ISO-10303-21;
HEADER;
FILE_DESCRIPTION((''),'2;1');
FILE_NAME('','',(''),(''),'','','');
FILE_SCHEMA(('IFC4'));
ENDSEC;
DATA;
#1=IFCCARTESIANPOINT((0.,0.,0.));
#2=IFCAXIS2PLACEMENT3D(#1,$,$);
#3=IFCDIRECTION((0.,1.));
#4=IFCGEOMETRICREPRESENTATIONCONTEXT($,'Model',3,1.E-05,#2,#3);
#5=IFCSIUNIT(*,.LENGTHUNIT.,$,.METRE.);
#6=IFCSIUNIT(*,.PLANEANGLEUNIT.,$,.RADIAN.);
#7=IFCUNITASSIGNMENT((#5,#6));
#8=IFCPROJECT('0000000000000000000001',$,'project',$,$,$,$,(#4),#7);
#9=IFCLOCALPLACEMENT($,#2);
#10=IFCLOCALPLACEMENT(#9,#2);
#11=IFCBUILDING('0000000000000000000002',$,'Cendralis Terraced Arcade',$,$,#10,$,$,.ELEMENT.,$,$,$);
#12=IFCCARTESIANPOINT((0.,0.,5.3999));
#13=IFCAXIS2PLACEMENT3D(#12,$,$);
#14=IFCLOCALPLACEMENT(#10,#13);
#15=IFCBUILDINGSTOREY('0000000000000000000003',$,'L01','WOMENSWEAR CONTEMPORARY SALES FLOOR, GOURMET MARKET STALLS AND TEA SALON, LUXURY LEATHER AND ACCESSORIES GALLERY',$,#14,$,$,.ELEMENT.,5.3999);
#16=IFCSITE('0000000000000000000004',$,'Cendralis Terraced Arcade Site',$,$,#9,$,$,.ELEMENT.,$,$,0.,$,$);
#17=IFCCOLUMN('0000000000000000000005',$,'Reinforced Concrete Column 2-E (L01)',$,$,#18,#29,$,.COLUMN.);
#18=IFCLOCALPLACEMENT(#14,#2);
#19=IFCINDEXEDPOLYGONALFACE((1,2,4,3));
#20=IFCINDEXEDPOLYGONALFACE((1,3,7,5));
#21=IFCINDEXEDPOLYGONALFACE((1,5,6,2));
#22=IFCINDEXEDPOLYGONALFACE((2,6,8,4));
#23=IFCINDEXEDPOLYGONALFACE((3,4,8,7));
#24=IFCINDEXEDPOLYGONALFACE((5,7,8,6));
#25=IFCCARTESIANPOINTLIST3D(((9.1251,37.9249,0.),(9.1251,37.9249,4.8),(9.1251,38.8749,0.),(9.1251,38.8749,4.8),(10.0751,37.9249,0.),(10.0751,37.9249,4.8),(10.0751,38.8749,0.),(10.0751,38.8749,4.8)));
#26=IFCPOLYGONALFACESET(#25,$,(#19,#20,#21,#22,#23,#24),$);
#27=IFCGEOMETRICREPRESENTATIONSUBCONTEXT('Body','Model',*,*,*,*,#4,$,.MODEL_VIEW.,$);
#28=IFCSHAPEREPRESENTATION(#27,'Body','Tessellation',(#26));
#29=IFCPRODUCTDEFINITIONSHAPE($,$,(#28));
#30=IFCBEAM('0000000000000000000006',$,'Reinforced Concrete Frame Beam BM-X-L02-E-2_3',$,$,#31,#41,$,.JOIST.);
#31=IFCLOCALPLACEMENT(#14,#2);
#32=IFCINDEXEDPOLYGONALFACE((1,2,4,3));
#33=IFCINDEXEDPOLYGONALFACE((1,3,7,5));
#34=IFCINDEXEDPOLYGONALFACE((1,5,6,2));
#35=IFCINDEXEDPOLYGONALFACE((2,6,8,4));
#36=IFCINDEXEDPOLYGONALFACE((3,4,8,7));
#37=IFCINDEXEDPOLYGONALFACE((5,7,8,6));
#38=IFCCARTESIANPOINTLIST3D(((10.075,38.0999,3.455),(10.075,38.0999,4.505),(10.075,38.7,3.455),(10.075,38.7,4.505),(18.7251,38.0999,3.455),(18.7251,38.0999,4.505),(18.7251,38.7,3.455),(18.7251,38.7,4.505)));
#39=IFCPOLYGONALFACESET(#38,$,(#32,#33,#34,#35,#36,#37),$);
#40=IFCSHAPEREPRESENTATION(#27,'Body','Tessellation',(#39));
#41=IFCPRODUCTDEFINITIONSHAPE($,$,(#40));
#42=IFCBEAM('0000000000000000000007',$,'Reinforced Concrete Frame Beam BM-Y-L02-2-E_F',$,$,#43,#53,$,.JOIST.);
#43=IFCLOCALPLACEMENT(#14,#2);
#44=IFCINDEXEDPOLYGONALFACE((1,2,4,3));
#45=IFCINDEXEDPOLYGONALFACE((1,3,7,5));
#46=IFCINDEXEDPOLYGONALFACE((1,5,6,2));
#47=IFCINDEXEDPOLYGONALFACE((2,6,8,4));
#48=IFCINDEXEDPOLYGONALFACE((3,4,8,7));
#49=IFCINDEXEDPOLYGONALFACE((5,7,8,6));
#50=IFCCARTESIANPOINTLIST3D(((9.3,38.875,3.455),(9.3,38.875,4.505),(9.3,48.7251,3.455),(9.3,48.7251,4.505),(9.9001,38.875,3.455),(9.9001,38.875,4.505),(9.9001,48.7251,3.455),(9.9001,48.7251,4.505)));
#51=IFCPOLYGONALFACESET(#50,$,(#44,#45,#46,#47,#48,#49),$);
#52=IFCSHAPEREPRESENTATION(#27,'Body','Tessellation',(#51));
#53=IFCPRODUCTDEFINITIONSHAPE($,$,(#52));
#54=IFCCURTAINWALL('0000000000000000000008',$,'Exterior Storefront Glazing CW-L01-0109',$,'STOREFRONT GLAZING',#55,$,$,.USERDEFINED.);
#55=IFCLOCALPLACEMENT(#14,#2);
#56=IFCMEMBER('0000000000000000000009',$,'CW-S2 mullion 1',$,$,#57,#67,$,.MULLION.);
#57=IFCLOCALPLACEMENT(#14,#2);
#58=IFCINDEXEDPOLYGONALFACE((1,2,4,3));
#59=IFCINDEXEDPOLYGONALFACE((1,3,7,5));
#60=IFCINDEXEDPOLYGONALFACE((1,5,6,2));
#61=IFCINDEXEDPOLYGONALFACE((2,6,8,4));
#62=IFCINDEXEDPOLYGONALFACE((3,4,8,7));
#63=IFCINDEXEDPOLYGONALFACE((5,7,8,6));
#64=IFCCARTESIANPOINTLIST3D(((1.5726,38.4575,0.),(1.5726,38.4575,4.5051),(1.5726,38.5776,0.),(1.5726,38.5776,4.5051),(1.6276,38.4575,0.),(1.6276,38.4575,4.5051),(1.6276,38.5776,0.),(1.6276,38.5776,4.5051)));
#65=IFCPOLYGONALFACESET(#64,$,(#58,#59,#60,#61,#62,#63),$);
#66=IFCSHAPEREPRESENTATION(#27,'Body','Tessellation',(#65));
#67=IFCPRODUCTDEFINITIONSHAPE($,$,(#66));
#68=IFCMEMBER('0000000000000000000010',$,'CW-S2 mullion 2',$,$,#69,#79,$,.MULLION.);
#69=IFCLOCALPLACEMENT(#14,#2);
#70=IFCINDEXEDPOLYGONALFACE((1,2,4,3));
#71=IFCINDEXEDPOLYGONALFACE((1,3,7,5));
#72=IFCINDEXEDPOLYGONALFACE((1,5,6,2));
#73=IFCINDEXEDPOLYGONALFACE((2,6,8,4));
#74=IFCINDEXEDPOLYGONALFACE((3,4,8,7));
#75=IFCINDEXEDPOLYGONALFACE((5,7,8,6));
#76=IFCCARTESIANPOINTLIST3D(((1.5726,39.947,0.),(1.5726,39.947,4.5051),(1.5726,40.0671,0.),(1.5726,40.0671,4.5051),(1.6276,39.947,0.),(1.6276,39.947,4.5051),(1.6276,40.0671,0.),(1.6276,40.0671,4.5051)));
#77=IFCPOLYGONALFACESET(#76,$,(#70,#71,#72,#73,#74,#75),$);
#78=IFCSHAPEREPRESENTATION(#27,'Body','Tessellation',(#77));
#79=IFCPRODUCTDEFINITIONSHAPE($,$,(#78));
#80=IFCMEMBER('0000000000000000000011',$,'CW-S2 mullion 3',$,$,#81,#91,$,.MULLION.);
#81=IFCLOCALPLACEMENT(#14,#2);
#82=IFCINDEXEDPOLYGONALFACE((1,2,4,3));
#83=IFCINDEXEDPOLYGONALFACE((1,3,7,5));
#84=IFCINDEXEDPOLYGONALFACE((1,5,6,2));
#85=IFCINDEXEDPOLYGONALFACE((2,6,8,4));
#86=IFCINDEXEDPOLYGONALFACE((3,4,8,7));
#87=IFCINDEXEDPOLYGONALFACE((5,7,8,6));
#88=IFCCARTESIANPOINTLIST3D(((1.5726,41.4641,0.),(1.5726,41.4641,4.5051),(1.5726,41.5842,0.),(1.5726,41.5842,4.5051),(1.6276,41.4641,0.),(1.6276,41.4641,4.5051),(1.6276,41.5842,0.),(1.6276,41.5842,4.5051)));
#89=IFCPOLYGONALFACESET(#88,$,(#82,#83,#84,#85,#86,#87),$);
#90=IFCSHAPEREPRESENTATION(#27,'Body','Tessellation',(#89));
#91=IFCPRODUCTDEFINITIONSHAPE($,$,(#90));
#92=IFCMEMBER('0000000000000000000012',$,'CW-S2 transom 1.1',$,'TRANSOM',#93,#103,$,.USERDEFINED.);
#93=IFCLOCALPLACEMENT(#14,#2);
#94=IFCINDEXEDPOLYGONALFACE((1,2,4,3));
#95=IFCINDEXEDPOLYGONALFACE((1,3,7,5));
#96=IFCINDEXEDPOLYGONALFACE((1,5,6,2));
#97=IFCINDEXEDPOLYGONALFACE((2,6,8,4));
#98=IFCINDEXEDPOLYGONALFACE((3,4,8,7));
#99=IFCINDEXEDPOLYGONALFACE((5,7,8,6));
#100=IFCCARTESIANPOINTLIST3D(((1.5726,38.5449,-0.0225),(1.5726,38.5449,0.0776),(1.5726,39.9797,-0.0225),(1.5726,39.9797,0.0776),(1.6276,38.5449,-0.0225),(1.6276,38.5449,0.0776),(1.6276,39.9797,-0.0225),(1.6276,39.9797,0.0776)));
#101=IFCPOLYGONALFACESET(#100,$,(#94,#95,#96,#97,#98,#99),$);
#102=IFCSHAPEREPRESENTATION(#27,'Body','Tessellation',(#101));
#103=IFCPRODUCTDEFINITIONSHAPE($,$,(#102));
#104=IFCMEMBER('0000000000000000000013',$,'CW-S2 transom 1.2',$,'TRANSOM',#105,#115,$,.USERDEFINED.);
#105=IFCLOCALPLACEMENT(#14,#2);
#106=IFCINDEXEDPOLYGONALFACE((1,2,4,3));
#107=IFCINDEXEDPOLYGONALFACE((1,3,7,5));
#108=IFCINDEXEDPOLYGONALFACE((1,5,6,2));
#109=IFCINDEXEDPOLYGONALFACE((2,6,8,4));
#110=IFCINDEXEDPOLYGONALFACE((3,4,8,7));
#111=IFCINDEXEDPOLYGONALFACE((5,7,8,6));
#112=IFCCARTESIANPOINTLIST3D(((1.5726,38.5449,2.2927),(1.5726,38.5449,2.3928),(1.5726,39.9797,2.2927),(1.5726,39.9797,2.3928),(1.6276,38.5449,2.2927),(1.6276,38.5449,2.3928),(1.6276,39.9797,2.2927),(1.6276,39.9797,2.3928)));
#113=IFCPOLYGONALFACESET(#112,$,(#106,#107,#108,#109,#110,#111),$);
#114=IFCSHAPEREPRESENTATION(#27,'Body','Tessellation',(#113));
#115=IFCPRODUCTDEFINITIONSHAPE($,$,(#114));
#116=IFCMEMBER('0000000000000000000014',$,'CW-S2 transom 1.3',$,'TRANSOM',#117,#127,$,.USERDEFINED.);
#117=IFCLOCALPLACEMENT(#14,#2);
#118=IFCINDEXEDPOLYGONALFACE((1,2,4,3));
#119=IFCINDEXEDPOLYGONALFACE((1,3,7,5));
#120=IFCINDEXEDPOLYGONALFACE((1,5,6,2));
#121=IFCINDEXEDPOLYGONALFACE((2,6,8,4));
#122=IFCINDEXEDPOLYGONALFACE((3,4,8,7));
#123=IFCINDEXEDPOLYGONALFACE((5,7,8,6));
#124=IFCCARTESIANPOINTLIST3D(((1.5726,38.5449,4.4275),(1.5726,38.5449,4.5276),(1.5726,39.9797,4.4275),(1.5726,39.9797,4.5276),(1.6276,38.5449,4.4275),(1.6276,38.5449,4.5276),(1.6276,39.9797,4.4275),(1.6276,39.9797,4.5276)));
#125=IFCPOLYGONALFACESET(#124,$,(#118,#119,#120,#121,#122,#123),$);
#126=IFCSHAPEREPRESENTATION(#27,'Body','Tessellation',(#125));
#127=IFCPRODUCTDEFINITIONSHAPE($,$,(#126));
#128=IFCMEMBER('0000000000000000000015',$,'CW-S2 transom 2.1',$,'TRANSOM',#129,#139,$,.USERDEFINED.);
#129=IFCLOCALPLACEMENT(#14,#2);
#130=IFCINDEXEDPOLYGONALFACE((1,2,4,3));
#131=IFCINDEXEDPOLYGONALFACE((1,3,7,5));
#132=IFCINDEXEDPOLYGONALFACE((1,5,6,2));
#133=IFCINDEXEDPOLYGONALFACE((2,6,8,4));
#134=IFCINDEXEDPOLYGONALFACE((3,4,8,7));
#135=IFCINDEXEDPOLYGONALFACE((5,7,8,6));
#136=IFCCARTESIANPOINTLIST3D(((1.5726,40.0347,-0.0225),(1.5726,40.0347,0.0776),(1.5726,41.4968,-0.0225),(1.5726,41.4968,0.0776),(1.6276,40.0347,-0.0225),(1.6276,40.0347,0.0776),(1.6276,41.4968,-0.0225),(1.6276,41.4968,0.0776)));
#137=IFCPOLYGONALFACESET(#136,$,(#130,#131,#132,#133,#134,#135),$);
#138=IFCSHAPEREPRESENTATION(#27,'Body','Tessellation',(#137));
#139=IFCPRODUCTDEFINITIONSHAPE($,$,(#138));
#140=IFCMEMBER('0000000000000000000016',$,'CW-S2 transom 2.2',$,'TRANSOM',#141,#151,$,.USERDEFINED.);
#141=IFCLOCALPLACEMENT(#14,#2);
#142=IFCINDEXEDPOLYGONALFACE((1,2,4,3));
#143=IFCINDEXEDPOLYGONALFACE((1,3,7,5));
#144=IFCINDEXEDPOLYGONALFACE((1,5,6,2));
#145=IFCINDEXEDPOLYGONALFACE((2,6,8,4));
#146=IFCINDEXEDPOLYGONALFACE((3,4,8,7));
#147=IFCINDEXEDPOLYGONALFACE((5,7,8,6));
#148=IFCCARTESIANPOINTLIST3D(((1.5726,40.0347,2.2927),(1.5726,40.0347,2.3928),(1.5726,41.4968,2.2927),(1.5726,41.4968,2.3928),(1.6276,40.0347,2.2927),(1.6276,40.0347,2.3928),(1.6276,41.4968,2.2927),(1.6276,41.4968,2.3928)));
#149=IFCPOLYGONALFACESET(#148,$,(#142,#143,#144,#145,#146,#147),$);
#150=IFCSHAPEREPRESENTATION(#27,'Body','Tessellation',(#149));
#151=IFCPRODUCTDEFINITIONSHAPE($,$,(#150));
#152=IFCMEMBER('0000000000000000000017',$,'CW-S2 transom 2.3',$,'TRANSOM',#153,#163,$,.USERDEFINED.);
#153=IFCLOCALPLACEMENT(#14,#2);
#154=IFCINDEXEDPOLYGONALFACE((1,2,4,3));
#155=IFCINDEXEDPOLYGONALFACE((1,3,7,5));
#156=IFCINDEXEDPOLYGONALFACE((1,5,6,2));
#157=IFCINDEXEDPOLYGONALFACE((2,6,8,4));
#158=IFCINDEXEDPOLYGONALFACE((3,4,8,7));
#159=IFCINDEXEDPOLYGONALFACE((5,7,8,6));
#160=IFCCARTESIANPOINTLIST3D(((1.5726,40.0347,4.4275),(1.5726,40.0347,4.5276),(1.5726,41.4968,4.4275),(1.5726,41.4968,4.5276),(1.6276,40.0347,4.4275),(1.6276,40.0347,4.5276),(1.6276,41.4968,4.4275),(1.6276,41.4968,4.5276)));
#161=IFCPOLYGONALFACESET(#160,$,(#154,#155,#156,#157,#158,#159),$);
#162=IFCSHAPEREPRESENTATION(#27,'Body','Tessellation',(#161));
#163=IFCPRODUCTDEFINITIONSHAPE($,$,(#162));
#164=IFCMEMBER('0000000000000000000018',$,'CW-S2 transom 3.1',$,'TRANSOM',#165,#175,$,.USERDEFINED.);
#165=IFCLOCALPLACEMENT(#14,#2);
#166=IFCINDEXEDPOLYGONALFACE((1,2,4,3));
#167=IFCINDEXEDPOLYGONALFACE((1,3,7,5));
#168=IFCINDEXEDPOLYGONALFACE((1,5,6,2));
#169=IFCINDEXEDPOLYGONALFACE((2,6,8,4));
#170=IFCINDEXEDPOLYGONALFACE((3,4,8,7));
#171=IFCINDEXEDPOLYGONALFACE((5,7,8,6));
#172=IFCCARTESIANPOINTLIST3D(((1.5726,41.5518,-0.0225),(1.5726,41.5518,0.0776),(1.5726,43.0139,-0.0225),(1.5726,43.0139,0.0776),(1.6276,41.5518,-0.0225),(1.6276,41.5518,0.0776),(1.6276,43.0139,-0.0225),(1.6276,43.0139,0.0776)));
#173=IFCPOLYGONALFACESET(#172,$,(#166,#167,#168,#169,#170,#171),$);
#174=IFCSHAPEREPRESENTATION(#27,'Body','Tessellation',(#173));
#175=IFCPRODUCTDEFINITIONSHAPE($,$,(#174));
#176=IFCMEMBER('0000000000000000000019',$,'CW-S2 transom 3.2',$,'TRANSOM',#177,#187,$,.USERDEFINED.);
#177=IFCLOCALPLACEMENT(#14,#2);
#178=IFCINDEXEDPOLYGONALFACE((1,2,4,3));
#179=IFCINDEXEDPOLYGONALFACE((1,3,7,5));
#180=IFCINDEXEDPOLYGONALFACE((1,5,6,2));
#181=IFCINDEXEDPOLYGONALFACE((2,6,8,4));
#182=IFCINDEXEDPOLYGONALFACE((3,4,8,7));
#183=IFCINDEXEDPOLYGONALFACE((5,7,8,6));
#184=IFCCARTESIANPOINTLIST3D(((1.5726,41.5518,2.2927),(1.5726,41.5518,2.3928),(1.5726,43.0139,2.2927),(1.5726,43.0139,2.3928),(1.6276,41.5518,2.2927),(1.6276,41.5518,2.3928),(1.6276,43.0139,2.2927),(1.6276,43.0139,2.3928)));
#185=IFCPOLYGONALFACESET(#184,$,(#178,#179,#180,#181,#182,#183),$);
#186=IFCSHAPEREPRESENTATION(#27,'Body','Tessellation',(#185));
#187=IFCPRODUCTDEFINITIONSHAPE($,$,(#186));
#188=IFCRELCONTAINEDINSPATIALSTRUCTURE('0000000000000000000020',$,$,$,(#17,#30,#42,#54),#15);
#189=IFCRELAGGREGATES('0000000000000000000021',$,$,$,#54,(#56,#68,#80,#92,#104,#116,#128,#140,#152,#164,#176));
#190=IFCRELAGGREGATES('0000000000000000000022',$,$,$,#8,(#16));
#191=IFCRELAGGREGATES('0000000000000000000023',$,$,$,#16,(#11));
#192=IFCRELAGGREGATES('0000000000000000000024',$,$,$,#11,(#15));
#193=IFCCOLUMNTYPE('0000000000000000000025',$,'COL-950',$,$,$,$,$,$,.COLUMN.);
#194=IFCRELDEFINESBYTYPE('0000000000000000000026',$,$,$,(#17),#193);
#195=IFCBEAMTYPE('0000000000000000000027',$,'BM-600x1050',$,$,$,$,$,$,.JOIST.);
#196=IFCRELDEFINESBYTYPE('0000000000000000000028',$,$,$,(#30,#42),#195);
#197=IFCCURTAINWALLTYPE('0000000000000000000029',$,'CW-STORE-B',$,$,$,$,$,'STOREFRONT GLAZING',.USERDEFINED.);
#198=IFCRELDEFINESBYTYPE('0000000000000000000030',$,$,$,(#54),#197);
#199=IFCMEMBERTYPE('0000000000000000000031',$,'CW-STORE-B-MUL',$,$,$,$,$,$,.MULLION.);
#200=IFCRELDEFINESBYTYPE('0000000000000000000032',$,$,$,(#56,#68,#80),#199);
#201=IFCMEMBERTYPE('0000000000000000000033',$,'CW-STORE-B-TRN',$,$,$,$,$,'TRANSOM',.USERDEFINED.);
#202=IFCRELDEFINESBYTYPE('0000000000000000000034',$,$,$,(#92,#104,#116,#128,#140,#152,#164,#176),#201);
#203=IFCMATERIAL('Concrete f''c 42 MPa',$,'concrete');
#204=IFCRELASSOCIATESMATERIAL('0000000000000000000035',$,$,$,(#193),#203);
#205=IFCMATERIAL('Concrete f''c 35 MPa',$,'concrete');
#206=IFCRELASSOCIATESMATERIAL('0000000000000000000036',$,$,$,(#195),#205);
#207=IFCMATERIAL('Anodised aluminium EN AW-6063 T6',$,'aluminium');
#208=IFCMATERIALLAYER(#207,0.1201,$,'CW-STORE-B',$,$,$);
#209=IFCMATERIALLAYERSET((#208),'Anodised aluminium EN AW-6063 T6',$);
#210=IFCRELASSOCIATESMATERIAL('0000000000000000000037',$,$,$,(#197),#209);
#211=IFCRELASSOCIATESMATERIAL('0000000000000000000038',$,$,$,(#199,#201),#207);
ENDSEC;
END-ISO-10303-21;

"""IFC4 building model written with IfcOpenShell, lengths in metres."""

from ifc_helpers import new_model, si_unit, direction, frame, origin, origin_2d, place, context, subcontext, project, spatial, rectangle, extrude, material, layer, layer_set, material_profile, profile_set, type_object, element, aggregate, save


model = new_model("IFC4")

# Units and contexts
model_context = context("Model", 3, precision=1e-05, world=origin(), true_north=direction((0.0, 1.0)))
body_context = subcontext(model_context, "Body", "Model", "MODEL_VIEW")
ifc_project = project(units=[si_unit("LENGTHUNIT", "METRE"), si_unit("PLANEANGLEUNIT", "RADIAN")], contexts=[model_context])

# Site, building, storey
site_placement = place(None, origin())
site = spatial("IfcSite", under=ifc_project, at=site_placement, Name="Cendralis Terraced Arcade Site", CompositionType="ELEMENT", RefElevation=0.0)
building_placement = place(site_placement, origin())
building = spatial("IfcBuilding", under=site, at=building_placement, Name="Cendralis Terraced Arcade", CompositionType="ELEMENT")
storey_placement = place(building_placement, frame((0.0, 0.0, 5.3999)))
storey = spatial("IfcBuildingStorey", under=building, at=storey_placement, Name="L01", Description="WOMENSWEAR CONTEMPORARY SALES FLOOR, GOURMET MARKET STALLS AND TEA SALON, LUXURY LEATHER AND ACCESSORIES GALLERY", CompositionType="ELEMENT", Elevation=5.3999)

# Column
ifc_material_1 = material(Name="Concrete f'c 42 MPa", Category="concrete")
ifc_material_profile_1 = material_profile(ifc_material_1, rectangle(XDim=0.95, YDim=0.95, at=origin_2d()), Name="RC-COL-950x950", Category="LoadBearing")
ifc_profile_set_1 = profile_set([ifc_material_profile_1], Name="Concrete f'c 42 MPa")
column_type = type_object("IfcColumnType", Name="COL-950", PredefinedType="COLUMN", material=ifc_profile_set_1)
column_placement = place(storey_placement, frame((9.6001, 38.3999, 0.0), z_axis=(0.0, 0.0, 1.0), x_axis=(1.0, 0.0, 0.0)))
element("IfcColumn", 1, at=column_placement, inside=storey, type_object=column_type, Name="Reinforced Concrete Column 2-E (L01)", PredefinedType="COLUMN", context=body_context, shape_type="SweptSolid", body=[
    extrude(rectangle(XDim=0.95, YDim=0.95, at=origin_2d()), origin(), (0.0, 0.0, 1.0), 4.8),
])

# Beams
ifc_material_2 = material(Name="Concrete f'c 35 MPa", Category="concrete")
ifc_material_profile_2 = material_profile(ifc_material_2, rectangle(XDim=0.6001, YDim=1.05, at=origin_2d()), Name="RC-BM-600x1050", Category="LoadBearing")
ifc_profile_set_2 = profile_set([ifc_material_profile_2], Name="Concrete f'c 35 MPa")
beam_type = type_object("IfcBeamType", Name="BM-600x1050", PredefinedType="JOIST", material=ifc_profile_set_2)
beam_1_placement = place(storey_placement, frame((10.075, 38.3999, 3.98), z_axis=(1.0, 0.0, 0.0), x_axis=(0.0, 1.0, 0.0)))
element("IfcBeam", 2, at=beam_1_placement, inside=storey, type_object=beam_type, Name="Reinforced Concrete Frame Beam BM-X-L02-E-2_3", PredefinedType="JOIST", context=body_context, shape_type="SweptSolid", body=[
    extrude(rectangle(XDim=0.6001, YDim=1.05, at=origin_2d()), origin(), (0.0, 0.0, 1.0), 8.6501),
])
beam_2_placement = place(storey_placement, frame((9.6001, 38.875, 3.98), z_axis=(0.0, 1.0, 0.0), x_axis=(-1.0, 0.0, 0.0)))
element("IfcBeam", 3, at=beam_2_placement, inside=storey, type_object=beam_type, Name="Reinforced Concrete Frame Beam BM-Y-L02-2-E_F", PredefinedType="JOIST", context=body_context, shape_type="SweptSolid", body=[
    extrude(rectangle(XDim=0.6001, YDim=1.05, at=origin_2d()), origin(), (0.0, 0.0, 1.0), 9.8501),
])

# Curtain wall, members
ifc_material_3 = material(Name="Anodised aluminium EN AW-6063 T6", Category="aluminium")
ifc_layer_1 = layer(ifc_material_3, 0.1201, Name="CW-STORE-B")
ifc_layer_set_1 = layer_set([ifc_layer_1], Name="Anodised aluminium EN AW-6063 T6")
curtain_wall_type = type_object("IfcCurtainWallType", Name="CW-STORE-B", ElementType="STOREFRONT GLAZING", PredefinedType="USERDEFINED", material=ifc_layer_set_1)
curtain_wall_placement = place(storey_placement, origin())
curtain_wall = element("IfcCurtainWall", 4, at=curtain_wall_placement, inside=storey, type_object=curtain_wall_type, Name="Exterior Storefront Glazing CW-L01-0109", ObjectType="STOREFRONT GLAZING", PredefinedType="USERDEFINED")
ifc_material_profile_3 = material_profile(ifc_material_3, rectangle(XDim=0.0549, YDim=0.1201, at=origin_2d()), Name="ALU-MUL-55x120")
ifc_profile_set_3 = profile_set([ifc_material_profile_3], Name="Anodised aluminium EN AW-6063 T6")
member_type_1 = type_object("IfcMemberType", Name="CW-STORE-B-MUL", PredefinedType="MULLION", material=ifc_profile_set_3)
member_1_placement = place(storey_placement, frame((1.6001, 38.5176, 0.0), z_axis=(0.0, 0.0, 1.0), x_axis=(-1.0, 0.0, 0.0)))
member_1 = element("IfcMember", 5, at=member_1_placement, type_object=member_type_1, Name="CW-S2 mullion 1", PredefinedType="MULLION", context=body_context, shape_type="SweptSolid", body=[
    extrude(rectangle(XDim=0.0549, YDim=0.1201, at=origin_2d()), origin(), (0.0, 0.0, 1.0), 4.5051),
])
member_2_placement = place(storey_placement, frame((1.6001, 40.0071, 0.0), z_axis=(0.0, 0.0, 1.0), x_axis=(-1.0, 0.0, 0.0)))
member_2 = element("IfcMember", 6, at=member_2_placement, type_object=member_type_1, Name="CW-S2 mullion 2", PredefinedType="MULLION", context=body_context, shape_type="SweptSolid", body=[
    extrude(rectangle(XDim=0.0549, YDim=0.1201, at=origin_2d()), origin(), (0.0, 0.0, 1.0), 4.5051),
])
member_3_placement = place(storey_placement, frame((1.6001, 41.5242, 0.0), z_axis=(0.0, 0.0, 1.0), x_axis=(-1.0, 0.0, 0.0)))
member_3 = element("IfcMember", 7, at=member_3_placement, type_object=member_type_1, Name="CW-S2 mullion 3", PredefinedType="MULLION", context=body_context, shape_type="SweptSolid", body=[
    extrude(rectangle(XDim=0.0549, YDim=0.1201, at=origin_2d()), origin(), (0.0, 0.0, 1.0), 4.5051),
])
ifc_material_profile_4 = material_profile(ifc_material_3, rectangle(XDim=0.0549, YDim=0.1001, at=origin_2d()), Name="ALU-TRN-55x100")
ifc_profile_set_4 = profile_set([ifc_material_profile_4], Name="Anodised aluminium EN AW-6063 T6")
member_type_2 = type_object("IfcMemberType", Name="CW-STORE-B-TRN", ElementType="TRANSOM", PredefinedType="USERDEFINED", material=ifc_profile_set_4)
member_4_placement = place(storey_placement, frame((1.6001, 38.5449, 0.0276), z_axis=(0.0, 1.0, 0.0), x_axis=(-1.0, 0.0, 0.0)))
member_4 = element("IfcMember", 8, at=member_4_placement, type_object=member_type_2, Name="CW-S2 transom 1.1", ObjectType="TRANSOM", PredefinedType="USERDEFINED", context=body_context, shape_type="SweptSolid", body=[
    extrude(rectangle(XDim=0.0549, YDim=0.1001, at=origin_2d()), origin(), (0.0, 0.0, 1.0), 1.4348),
])
member_5_placement = place(storey_placement, frame((1.6001, 38.5449, 2.3428), z_axis=(0.0, 1.0, 0.0), x_axis=(-1.0, 0.0, 0.0)))
member_5 = element("IfcMember", 9, at=member_5_placement, type_object=member_type_2, Name="CW-S2 transom 1.2", ObjectType="TRANSOM", PredefinedType="USERDEFINED", context=body_context, shape_type="SweptSolid", body=[
    extrude(rectangle(XDim=0.0549, YDim=0.1001, at=origin_2d()), origin(), (0.0, 0.0, 1.0), 1.4348),
])
member_6_placement = place(storey_placement, frame((1.6001, 38.5449, 4.4775), z_axis=(0.0, 1.0, 0.0), x_axis=(-1.0, 0.0, 0.0)))
member_6 = element("IfcMember", 10, at=member_6_placement, type_object=member_type_2, Name="CW-S2 transom 1.3", ObjectType="TRANSOM", PredefinedType="USERDEFINED", context=body_context, shape_type="SweptSolid", body=[
    extrude(rectangle(XDim=0.0549, YDim=0.1001, at=origin_2d()), origin(), (0.0, 0.0, 1.0), 1.4348),
])
member_7_placement = place(storey_placement, frame((1.6001, 40.0347, 0.0276), z_axis=(0.0, 1.0, 0.0), x_axis=(-1.0, 0.0, 0.0)))
member_7 = element("IfcMember", 11, at=member_7_placement, type_object=member_type_2, Name="CW-S2 transom 2.1", ObjectType="TRANSOM", PredefinedType="USERDEFINED", context=body_context, shape_type="SweptSolid", body=[
    extrude(rectangle(XDim=0.0549, YDim=0.1001, at=origin_2d()), origin(), (0.0, 0.0, 1.0), 1.4622),
])
member_8_placement = place(storey_placement, frame((1.6001, 40.0347, 2.3428), z_axis=(0.0, 1.0, 0.0), x_axis=(-1.0, 0.0, 0.0)))
member_8 = element("IfcMember", 12, at=member_8_placement, type_object=member_type_2, Name="CW-S2 transom 2.2", ObjectType="TRANSOM", PredefinedType="USERDEFINED", context=body_context, shape_type="SweptSolid", body=[
    extrude(rectangle(XDim=0.0549, YDim=0.1001, at=origin_2d()), origin(), (0.0, 0.0, 1.0), 1.4622),
])
member_9_placement = place(storey_placement, frame((1.6001, 40.0347, 4.4775), z_axis=(0.0, 1.0, 0.0), x_axis=(-1.0, 0.0, 0.0)))
member_9 = element("IfcMember", 13, at=member_9_placement, type_object=member_type_2, Name="CW-S2 transom 2.3", ObjectType="TRANSOM", PredefinedType="USERDEFINED", context=body_context, shape_type="SweptSolid", body=[
    extrude(rectangle(XDim=0.0549, YDim=0.1001, at=origin_2d()), origin(), (0.0, 0.0, 1.0), 1.4622),
])
member_10_placement = place(storey_placement, frame((1.6001, 41.5518, 0.0276), z_axis=(0.0, 1.0, 0.0), x_axis=(-1.0, 0.0, 0.0)))
member_10 = element("IfcMember", 14, at=member_10_placement, type_object=member_type_2, Name="CW-S2 transom 3.1", ObjectType="TRANSOM", PredefinedType="USERDEFINED", context=body_context, shape_type="SweptSolid", body=[
    extrude(rectangle(XDim=0.0549, YDim=0.1001, at=origin_2d()), origin(), (0.0, 0.0, 1.0), 1.4622),
])
member_11_placement = place(storey_placement, frame((1.6001, 41.5518, 2.3428), z_axis=(0.0, 1.0, 0.0), x_axis=(-1.0, 0.0, 0.0)))
member_11 = element("IfcMember", 15, at=member_11_placement, type_object=member_type_2, Name="CW-S2 transom 3.2", ObjectType="TRANSOM", PredefinedType="USERDEFINED", context=body_context, shape_type="SweptSolid", body=[
    extrude(rectangle(XDim=0.0549, YDim=0.1001, at=origin_2d()), origin(), (0.0, 0.0, 1.0), 1.4622),
])
aggregate(curtain_wall, [member_1, member_2, member_3, member_4, member_5, member_6, member_7, member_8, member_9, member_10, member_11])

save(model, "model.ifc")
